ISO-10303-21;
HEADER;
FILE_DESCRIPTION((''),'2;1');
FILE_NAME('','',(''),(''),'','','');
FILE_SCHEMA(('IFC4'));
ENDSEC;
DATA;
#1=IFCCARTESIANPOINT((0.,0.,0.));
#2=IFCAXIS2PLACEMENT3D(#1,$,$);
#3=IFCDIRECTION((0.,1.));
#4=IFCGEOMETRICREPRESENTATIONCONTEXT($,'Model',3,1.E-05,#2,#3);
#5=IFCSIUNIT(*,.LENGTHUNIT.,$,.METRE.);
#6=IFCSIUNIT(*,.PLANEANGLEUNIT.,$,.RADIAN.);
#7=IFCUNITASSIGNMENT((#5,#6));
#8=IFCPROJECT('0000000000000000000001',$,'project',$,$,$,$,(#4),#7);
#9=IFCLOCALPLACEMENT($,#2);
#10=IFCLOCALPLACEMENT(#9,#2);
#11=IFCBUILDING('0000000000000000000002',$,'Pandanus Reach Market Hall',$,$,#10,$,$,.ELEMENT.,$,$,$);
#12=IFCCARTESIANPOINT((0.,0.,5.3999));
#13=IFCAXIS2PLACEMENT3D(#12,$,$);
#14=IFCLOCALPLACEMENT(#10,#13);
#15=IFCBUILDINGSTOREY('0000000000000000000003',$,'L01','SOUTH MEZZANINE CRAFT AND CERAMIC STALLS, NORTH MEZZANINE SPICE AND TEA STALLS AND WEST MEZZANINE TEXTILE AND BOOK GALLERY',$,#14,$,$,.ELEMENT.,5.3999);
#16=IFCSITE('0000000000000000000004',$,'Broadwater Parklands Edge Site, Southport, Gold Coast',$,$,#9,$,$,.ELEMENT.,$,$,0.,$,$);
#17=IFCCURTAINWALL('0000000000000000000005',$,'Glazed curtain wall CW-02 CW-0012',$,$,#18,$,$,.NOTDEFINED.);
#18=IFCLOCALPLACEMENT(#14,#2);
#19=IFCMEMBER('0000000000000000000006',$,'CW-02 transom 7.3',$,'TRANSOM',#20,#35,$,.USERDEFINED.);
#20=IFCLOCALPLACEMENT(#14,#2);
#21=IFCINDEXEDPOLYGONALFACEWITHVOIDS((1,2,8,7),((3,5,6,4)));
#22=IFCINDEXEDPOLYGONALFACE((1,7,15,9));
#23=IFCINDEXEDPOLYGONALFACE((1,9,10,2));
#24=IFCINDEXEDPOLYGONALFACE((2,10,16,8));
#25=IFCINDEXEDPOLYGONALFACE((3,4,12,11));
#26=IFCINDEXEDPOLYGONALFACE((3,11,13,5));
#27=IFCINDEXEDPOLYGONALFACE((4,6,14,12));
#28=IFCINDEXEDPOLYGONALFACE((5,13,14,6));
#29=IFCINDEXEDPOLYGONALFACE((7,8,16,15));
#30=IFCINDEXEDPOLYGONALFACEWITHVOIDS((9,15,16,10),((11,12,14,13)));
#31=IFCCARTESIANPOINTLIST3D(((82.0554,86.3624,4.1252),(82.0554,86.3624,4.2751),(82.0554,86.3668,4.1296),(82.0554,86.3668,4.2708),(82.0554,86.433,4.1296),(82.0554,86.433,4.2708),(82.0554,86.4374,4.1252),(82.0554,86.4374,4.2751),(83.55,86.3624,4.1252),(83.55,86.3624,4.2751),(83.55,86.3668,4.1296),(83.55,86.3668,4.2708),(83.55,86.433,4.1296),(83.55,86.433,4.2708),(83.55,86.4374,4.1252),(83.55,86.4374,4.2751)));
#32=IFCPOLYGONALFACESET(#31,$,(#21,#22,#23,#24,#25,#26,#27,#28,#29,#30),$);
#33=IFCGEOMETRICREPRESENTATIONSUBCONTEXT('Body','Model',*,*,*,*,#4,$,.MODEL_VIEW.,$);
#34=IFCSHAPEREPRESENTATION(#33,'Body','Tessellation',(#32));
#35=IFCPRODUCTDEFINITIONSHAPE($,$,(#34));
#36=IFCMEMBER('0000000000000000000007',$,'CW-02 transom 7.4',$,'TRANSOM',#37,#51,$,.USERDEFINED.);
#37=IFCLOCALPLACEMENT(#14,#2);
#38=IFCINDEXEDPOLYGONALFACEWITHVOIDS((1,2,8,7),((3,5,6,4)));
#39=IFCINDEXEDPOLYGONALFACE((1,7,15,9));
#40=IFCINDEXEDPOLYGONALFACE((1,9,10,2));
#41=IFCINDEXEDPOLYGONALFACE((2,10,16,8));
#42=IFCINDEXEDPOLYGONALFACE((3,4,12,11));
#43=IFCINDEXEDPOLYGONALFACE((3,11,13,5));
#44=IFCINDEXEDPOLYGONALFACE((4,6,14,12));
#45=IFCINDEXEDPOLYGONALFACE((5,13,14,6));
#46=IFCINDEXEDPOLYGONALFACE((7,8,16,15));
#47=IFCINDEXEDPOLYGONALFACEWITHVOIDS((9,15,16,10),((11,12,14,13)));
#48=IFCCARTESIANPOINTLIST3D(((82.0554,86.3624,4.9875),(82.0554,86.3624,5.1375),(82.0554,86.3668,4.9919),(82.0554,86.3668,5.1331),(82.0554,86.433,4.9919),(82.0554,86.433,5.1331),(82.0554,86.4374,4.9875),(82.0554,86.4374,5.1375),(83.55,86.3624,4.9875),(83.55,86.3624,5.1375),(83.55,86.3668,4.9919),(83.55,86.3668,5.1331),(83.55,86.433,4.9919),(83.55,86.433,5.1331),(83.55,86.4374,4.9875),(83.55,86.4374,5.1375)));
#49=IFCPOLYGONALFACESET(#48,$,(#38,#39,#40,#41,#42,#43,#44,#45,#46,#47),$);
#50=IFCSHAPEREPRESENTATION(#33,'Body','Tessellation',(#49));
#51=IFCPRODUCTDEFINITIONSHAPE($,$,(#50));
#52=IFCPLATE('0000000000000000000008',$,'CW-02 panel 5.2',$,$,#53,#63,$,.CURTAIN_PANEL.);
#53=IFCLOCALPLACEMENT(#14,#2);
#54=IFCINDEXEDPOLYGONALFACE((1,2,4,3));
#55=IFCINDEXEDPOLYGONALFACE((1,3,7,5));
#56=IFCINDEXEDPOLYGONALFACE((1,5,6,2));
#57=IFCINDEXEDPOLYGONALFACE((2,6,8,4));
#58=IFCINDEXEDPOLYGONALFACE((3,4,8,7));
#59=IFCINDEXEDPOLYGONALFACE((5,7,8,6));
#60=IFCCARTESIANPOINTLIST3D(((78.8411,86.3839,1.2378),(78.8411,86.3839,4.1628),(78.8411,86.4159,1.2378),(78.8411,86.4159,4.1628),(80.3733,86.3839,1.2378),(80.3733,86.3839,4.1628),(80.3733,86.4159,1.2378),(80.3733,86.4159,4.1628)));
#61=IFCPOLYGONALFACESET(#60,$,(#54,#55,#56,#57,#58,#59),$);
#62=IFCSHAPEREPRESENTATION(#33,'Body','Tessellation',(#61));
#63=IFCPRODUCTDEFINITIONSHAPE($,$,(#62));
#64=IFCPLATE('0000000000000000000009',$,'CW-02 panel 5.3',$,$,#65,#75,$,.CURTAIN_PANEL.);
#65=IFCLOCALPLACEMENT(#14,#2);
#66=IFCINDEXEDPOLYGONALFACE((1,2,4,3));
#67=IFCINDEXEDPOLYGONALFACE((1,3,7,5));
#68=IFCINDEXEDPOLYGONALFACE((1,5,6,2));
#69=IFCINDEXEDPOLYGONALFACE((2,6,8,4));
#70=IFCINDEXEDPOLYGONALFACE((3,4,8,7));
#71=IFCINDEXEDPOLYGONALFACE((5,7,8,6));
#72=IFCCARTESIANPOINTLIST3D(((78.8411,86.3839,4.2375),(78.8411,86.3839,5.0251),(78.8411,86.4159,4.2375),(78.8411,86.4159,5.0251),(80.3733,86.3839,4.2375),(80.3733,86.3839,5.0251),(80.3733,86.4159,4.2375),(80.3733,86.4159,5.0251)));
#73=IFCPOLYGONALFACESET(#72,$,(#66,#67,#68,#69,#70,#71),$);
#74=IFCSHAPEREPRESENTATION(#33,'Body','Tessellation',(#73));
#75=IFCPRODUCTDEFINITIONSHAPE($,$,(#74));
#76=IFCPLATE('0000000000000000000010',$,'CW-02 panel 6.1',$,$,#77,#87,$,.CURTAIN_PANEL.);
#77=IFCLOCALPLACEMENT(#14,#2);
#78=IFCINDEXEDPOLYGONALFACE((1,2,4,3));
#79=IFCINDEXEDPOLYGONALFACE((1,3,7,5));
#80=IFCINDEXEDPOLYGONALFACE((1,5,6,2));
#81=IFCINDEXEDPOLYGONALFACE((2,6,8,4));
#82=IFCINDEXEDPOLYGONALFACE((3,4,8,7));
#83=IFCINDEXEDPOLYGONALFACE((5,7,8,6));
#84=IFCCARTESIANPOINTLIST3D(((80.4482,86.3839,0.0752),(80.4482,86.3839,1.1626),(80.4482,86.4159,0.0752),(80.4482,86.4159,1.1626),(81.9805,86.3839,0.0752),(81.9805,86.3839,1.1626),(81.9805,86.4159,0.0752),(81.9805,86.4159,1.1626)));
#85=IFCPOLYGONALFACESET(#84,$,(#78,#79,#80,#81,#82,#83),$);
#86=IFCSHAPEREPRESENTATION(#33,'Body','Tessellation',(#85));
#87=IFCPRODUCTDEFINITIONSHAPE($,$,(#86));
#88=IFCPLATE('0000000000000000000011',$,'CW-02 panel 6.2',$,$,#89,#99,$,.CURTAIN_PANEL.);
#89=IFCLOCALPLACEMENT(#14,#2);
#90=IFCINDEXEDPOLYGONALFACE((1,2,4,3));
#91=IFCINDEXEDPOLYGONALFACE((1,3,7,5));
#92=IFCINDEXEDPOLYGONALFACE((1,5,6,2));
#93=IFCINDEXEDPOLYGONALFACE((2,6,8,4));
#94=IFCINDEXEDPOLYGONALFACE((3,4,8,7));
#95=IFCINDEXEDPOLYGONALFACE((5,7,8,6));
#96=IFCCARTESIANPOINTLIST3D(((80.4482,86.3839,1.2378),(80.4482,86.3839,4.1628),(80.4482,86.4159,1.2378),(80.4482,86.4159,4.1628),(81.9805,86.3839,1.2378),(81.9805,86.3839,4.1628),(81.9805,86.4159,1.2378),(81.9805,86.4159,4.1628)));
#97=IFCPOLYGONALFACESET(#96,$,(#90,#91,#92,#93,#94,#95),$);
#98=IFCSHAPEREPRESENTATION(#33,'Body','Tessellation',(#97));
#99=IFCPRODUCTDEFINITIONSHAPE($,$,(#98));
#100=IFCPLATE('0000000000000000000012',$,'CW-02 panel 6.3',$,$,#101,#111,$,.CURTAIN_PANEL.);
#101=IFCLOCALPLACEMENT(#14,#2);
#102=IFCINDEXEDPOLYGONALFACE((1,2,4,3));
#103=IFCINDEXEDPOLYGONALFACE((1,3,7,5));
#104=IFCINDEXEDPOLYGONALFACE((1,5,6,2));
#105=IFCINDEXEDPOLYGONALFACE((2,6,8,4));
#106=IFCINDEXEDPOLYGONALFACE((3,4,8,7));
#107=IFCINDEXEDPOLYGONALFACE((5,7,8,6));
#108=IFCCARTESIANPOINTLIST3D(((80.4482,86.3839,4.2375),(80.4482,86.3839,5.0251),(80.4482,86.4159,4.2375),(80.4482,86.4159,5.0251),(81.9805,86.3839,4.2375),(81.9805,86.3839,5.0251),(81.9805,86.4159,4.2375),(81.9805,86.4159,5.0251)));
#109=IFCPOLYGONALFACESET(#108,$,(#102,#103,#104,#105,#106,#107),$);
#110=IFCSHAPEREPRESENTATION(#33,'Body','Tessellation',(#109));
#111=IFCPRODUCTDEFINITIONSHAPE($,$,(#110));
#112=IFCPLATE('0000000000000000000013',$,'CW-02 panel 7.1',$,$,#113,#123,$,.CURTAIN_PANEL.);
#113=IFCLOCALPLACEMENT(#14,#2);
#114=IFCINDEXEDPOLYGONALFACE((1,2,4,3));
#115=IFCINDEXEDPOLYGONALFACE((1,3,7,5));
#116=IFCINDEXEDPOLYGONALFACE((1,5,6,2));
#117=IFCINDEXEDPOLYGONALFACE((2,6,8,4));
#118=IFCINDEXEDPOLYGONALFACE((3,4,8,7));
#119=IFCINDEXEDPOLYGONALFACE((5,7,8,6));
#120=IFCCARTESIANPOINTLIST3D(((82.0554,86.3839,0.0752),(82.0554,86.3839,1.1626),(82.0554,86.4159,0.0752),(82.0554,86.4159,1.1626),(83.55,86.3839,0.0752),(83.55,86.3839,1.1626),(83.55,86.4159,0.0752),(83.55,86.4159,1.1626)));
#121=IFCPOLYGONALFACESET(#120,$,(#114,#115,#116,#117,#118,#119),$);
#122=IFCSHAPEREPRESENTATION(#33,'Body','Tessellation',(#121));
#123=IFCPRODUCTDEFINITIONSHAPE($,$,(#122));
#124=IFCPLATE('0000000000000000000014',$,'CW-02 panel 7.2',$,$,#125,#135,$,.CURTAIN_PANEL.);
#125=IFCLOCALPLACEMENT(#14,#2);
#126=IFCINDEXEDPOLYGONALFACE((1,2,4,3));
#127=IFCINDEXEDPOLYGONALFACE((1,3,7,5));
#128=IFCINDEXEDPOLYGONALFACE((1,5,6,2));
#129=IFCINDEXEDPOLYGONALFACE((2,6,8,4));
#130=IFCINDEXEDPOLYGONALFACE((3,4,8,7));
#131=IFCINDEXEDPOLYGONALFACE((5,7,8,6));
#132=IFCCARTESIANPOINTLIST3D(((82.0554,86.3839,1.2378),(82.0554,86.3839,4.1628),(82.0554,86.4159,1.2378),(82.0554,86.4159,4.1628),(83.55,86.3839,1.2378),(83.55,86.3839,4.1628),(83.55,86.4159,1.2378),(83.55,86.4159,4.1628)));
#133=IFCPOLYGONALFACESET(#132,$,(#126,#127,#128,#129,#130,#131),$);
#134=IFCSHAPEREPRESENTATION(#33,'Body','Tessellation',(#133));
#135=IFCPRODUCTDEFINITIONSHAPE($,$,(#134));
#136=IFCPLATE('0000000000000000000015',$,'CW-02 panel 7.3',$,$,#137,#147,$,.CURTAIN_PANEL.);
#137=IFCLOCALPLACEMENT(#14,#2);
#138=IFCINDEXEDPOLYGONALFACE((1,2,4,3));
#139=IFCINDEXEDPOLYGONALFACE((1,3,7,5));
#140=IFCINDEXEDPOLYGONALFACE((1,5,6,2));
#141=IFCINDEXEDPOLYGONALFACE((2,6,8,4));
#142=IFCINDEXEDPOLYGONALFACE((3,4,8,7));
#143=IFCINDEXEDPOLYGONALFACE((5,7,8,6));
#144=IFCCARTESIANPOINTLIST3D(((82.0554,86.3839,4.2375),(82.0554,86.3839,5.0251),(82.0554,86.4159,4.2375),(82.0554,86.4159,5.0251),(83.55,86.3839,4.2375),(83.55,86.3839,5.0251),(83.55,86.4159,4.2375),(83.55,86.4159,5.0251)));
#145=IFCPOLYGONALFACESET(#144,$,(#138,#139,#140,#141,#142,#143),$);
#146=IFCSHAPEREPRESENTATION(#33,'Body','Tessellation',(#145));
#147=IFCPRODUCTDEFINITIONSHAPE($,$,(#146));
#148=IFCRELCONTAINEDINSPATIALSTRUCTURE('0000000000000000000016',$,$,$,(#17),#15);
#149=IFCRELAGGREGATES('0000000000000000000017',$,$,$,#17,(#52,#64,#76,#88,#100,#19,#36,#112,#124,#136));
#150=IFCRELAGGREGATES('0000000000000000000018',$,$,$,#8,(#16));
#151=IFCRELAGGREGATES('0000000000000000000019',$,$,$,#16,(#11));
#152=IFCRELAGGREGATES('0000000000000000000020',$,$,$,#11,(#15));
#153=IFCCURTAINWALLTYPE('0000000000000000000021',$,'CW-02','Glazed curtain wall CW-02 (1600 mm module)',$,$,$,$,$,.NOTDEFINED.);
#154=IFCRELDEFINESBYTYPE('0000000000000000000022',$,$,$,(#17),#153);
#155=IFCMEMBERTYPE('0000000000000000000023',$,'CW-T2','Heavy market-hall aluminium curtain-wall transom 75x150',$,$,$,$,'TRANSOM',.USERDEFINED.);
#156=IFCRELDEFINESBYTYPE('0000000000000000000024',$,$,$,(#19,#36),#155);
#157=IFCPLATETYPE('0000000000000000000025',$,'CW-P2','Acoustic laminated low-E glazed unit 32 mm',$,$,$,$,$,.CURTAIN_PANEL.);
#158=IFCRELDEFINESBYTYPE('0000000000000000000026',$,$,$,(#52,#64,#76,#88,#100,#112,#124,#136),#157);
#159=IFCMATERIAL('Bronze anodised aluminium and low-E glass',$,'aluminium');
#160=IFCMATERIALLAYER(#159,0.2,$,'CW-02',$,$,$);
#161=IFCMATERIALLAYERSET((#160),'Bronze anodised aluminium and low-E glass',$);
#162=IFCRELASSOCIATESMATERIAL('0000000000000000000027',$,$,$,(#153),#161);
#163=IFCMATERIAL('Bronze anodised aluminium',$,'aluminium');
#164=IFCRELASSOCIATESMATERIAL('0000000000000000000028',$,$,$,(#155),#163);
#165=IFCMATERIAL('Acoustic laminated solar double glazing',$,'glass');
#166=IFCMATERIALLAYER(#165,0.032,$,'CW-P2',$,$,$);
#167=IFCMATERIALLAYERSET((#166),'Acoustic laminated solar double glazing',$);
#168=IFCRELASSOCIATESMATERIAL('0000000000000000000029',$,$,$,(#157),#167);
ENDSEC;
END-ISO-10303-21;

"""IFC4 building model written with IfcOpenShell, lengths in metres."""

from ifc_helpers import new_model, si_unit, direction, frame, origin, origin_2d, place, context, subcontext, project, spatial, rectangle, hollow_rectangle, extrude, material, layer, layer_set, material_profile, profile_set, type_object, element, aggregate, save


model = new_model("IFC4")

# Units and contexts
model_context = context("Model", 3, precision=1e-05, world=origin(), true_north=direction((0.0, 1.0)))
body_context = subcontext(model_context, "Body", "Model", "MODEL_VIEW")
ifc_project = project(units=[si_unit("LENGTHUNIT", "METRE"), si_unit("PLANEANGLEUNIT", "RADIAN")], contexts=[model_context])

# Site, building, storey
site_placement = place(None, origin())
site = spatial("IfcSite", under=ifc_project, at=site_placement, Name="Broadwater Parklands Edge Site, Southport, Gold Coast", CompositionType="ELEMENT", RefElevation=0.0)
building_placement = place(site_placement, origin())
building = spatial("IfcBuilding", under=site, at=building_placement, Name="Pandanus Reach Market Hall", CompositionType="ELEMENT")
storey_placement = place(building_placement, frame((0.0, 0.0, 5.3999)))
storey = spatial("IfcBuildingStorey", under=building, at=storey_placement, Name="L01", Description="SOUTH MEZZANINE CRAFT AND CERAMIC STALLS, NORTH MEZZANINE SPICE AND TEA STALLS AND WEST MEZZANINE TEXTILE AND BOOK GALLERY", CompositionType="ELEMENT", Elevation=5.3999)

# Curtain wall, members, plates
ifc_material_1 = material(Name="Bronze anodised aluminium and low-E glass", Category="aluminium")
ifc_layer_1 = layer(ifc_material_1, 0.2, Name="CW-02")
ifc_layer_set_1 = layer_set([ifc_layer_1], Name="Bronze anodised aluminium and low-E glass")
curtain_wall_type = type_object("IfcCurtainWallType", Name="CW-02", Description="Glazed curtain wall CW-02 (1600 mm module)", PredefinedType="NOTDEFINED", material=ifc_layer_set_1)
curtain_wall_placement = place(storey_placement, origin())
curtain_wall = element("IfcCurtainWall", 1, at=curtain_wall_placement, inside=storey, type_object=curtain_wall_type, Name="Glazed curtain wall CW-02 CW-0012", PredefinedType="NOTDEFINED")
ifc_material_2 = material(Name="Bronze anodised aluminium", Category="aluminium")
ifc_material_profile_1 = material_profile(ifc_material_2, hollow_rectangle(XDim=0.075, YDim=0.1499, WallThickness=0.0044, at=origin_2d()), Name="ALU75x150", Category="LoadBearing")
ifc_profile_set_1 = profile_set([ifc_material_profile_1], Name="Bronze anodised aluminium")
member_type_1 = type_object("IfcMemberType", Name="CW-T2", Description="Heavy market-hall aluminium curtain-wall transom 75x150", ElementType="TRANSOM", PredefinedType="USERDEFINED", material=ifc_profile_set_1)
member_1_placement = place(storey_placement, frame((82.0554, 86.3999, 4.2002), z_axis=(1.0, 0.0, 0.0), x_axis=(0.0, 1.0, 0.0)))
member_1 = element("IfcMember", 2, at=member_1_placement, type_object=member_type_1, Name="CW-02 transom 7.3", ObjectType="TRANSOM", PredefinedType="USERDEFINED", context=body_context, shape_type="SweptSolid", body=[
    extrude(hollow_rectangle(XDim=0.075, YDim=0.1499, WallThickness=0.0044, at=origin_2d()), origin(), (0.0, 0.0, 1.0), 1.4946),
])
member_2_placement = place(storey_placement, frame((82.0554, 86.3999, 5.0625), z_axis=(1.0, 0.0, 0.0), x_axis=(0.0, 1.0, 0.0)))
member_2 = element("IfcMember", 3, at=member_2_placement, type_object=member_type_1, Name="CW-02 transom 7.4", ObjectType="TRANSOM", PredefinedType="USERDEFINED", context=body_context, shape_type="SweptSolid", body=[
    extrude(hollow_rectangle(XDim=0.075, YDim=0.1499, WallThickness=0.0044, at=origin_2d()), origin(), (0.0, 0.0, 1.0), 1.4946),
])
ifc_material_3 = material(Name="Acoustic laminated solar double glazing", Category="glass")
ifc_layer_2 = layer(ifc_material_3, 0.032, Name="CW-P2")
ifc_layer_set_2 = layer_set([ifc_layer_2], Name="Acoustic laminated solar double glazing")
plate_type = type_object("IfcPlateType", Name="CW-P2", Description="Acoustic laminated low-E glazed unit 32 mm", PredefinedType="CURTAIN_PANEL", material=ifc_layer_set_2)
plate_1_placement = place(storey_placement, frame((79.6072, 86.3999, 1.2378), z_axis=(0.0, 0.0, 1.0), x_axis=(1.0, 0.0, 0.0)))
plate_1 = element("IfcPlate", 4, at=plate_1_placement, type_object=plate_type, Name="CW-02 panel 5.2", PredefinedType="CURTAIN_PANEL", context=body_context, shape_type="SweptSolid", body=[
    extrude(rectangle(XDim=1.5322, YDim=0.032, at=origin_2d()), origin(), (0.0, 0.0, 1.0), 2.925),
])
plate_2_placement = place(storey_placement, frame((79.6072, 86.3999, 4.2375), z_axis=(0.0, 0.0, 1.0), x_axis=(1.0, 0.0, 0.0)))
plate_2 = element("IfcPlate", 5, at=plate_2_placement, type_object=plate_type, Name="CW-02 panel 5.3", PredefinedType="CURTAIN_PANEL", context=body_context, shape_type="SweptSolid", body=[
    extrude(rectangle(XDim=1.5322, YDim=0.032, at=origin_2d()), origin(), (0.0, 0.0, 1.0), 0.7876),
])
plate_3_placement = place(storey_placement, frame((81.2144, 86.3999, 0.0752), z_axis=(0.0, 0.0, 1.0), x_axis=(1.0, 0.0, 0.0)))
plate_3 = element("IfcPlate", 6, at=plate_3_placement, type_object=plate_type, Name="CW-02 panel 6.1", PredefinedType="CURTAIN_PANEL", context=body_context, shape_type="SweptSolid", body=[
    extrude(rectangle(XDim=1.5322, YDim=0.032, at=origin_2d()), origin(), (0.0, 0.0, 1.0), 1.0874),
])
plate_4_placement = place(storey_placement, frame((81.2144, 86.3999, 1.2378), z_axis=(0.0, 0.0, 1.0), x_axis=(1.0, 0.0, 0.0)))
plate_4 = element("IfcPlate", 7, at=plate_4_placement, type_object=plate_type, Name="CW-02 panel 6.2", PredefinedType="CURTAIN_PANEL", context=body_context, shape_type="SweptSolid", body=[
    extrude(rectangle(XDim=1.5322, YDim=0.032, at=origin_2d()), origin(), (0.0, 0.0, 1.0), 2.925),
])
plate_5_placement = place(storey_placement, frame((81.2144, 86.3999, 4.2375), z_axis=(0.0, 0.0, 1.0), x_axis=(1.0, 0.0, 0.0)))
plate_5 = element("IfcPlate", 8, at=plate_5_placement, type_object=plate_type, Name="CW-02 panel 6.3", PredefinedType="CURTAIN_PANEL", context=body_context, shape_type="SweptSolid", body=[
    extrude(rectangle(XDim=1.5322, YDim=0.032, at=origin_2d()), origin(), (0.0, 0.0, 1.0), 0.7876),
])
plate_6_placement = place(storey_placement, frame((82.8027, 86.3999, 0.0752), z_axis=(0.0, 0.0, 1.0), x_axis=(1.0, 0.0, 0.0)))
plate_6 = element("IfcPlate", 9, at=plate_6_placement, type_object=plate_type, Name="CW-02 panel 7.1", PredefinedType="CURTAIN_PANEL", context=body_context, shape_type="SweptSolid", body=[
    extrude(rectangle(XDim=1.4946, YDim=0.032, at=origin_2d()), origin(), (0.0, 0.0, 1.0), 1.0874),
])
plate_7_placement = place(storey_placement, frame((82.8027, 86.3999, 1.2378), z_axis=(0.0, 0.0, 1.0), x_axis=(1.0, 0.0, 0.0)))
plate_7 = element("IfcPlate", 10, at=plate_7_placement, type_object=plate_type, Name="CW-02 panel 7.2", PredefinedType="CURTAIN_PANEL", context=body_context, shape_type="SweptSolid", body=[
    extrude(rectangle(XDim=1.4946, YDim=0.032, at=origin_2d()), origin(), (0.0, 0.0, 1.0), 2.925),
])
plate_8_placement = place(storey_placement, frame((82.8027, 86.3999, 4.2375), z_axis=(0.0, 0.0, 1.0), x_axis=(1.0, 0.0, 0.0)))
plate_8 = element("IfcPlate", 11, at=plate_8_placement, type_object=plate_type, Name="CW-02 panel 7.3", PredefinedType="CURTAIN_PANEL", context=body_context, shape_type="SweptSolid", body=[
    extrude(rectangle(XDim=1.4946, YDim=0.032, at=origin_2d()), origin(), (0.0, 0.0, 1.0), 0.7876),
])
aggregate(curtain_wall, [plate_1, plate_2, plate_3, plate_4, plate_5, member_1, member_2, plate_6, plate_7, plate_8])

save(model, "model.ifc")
